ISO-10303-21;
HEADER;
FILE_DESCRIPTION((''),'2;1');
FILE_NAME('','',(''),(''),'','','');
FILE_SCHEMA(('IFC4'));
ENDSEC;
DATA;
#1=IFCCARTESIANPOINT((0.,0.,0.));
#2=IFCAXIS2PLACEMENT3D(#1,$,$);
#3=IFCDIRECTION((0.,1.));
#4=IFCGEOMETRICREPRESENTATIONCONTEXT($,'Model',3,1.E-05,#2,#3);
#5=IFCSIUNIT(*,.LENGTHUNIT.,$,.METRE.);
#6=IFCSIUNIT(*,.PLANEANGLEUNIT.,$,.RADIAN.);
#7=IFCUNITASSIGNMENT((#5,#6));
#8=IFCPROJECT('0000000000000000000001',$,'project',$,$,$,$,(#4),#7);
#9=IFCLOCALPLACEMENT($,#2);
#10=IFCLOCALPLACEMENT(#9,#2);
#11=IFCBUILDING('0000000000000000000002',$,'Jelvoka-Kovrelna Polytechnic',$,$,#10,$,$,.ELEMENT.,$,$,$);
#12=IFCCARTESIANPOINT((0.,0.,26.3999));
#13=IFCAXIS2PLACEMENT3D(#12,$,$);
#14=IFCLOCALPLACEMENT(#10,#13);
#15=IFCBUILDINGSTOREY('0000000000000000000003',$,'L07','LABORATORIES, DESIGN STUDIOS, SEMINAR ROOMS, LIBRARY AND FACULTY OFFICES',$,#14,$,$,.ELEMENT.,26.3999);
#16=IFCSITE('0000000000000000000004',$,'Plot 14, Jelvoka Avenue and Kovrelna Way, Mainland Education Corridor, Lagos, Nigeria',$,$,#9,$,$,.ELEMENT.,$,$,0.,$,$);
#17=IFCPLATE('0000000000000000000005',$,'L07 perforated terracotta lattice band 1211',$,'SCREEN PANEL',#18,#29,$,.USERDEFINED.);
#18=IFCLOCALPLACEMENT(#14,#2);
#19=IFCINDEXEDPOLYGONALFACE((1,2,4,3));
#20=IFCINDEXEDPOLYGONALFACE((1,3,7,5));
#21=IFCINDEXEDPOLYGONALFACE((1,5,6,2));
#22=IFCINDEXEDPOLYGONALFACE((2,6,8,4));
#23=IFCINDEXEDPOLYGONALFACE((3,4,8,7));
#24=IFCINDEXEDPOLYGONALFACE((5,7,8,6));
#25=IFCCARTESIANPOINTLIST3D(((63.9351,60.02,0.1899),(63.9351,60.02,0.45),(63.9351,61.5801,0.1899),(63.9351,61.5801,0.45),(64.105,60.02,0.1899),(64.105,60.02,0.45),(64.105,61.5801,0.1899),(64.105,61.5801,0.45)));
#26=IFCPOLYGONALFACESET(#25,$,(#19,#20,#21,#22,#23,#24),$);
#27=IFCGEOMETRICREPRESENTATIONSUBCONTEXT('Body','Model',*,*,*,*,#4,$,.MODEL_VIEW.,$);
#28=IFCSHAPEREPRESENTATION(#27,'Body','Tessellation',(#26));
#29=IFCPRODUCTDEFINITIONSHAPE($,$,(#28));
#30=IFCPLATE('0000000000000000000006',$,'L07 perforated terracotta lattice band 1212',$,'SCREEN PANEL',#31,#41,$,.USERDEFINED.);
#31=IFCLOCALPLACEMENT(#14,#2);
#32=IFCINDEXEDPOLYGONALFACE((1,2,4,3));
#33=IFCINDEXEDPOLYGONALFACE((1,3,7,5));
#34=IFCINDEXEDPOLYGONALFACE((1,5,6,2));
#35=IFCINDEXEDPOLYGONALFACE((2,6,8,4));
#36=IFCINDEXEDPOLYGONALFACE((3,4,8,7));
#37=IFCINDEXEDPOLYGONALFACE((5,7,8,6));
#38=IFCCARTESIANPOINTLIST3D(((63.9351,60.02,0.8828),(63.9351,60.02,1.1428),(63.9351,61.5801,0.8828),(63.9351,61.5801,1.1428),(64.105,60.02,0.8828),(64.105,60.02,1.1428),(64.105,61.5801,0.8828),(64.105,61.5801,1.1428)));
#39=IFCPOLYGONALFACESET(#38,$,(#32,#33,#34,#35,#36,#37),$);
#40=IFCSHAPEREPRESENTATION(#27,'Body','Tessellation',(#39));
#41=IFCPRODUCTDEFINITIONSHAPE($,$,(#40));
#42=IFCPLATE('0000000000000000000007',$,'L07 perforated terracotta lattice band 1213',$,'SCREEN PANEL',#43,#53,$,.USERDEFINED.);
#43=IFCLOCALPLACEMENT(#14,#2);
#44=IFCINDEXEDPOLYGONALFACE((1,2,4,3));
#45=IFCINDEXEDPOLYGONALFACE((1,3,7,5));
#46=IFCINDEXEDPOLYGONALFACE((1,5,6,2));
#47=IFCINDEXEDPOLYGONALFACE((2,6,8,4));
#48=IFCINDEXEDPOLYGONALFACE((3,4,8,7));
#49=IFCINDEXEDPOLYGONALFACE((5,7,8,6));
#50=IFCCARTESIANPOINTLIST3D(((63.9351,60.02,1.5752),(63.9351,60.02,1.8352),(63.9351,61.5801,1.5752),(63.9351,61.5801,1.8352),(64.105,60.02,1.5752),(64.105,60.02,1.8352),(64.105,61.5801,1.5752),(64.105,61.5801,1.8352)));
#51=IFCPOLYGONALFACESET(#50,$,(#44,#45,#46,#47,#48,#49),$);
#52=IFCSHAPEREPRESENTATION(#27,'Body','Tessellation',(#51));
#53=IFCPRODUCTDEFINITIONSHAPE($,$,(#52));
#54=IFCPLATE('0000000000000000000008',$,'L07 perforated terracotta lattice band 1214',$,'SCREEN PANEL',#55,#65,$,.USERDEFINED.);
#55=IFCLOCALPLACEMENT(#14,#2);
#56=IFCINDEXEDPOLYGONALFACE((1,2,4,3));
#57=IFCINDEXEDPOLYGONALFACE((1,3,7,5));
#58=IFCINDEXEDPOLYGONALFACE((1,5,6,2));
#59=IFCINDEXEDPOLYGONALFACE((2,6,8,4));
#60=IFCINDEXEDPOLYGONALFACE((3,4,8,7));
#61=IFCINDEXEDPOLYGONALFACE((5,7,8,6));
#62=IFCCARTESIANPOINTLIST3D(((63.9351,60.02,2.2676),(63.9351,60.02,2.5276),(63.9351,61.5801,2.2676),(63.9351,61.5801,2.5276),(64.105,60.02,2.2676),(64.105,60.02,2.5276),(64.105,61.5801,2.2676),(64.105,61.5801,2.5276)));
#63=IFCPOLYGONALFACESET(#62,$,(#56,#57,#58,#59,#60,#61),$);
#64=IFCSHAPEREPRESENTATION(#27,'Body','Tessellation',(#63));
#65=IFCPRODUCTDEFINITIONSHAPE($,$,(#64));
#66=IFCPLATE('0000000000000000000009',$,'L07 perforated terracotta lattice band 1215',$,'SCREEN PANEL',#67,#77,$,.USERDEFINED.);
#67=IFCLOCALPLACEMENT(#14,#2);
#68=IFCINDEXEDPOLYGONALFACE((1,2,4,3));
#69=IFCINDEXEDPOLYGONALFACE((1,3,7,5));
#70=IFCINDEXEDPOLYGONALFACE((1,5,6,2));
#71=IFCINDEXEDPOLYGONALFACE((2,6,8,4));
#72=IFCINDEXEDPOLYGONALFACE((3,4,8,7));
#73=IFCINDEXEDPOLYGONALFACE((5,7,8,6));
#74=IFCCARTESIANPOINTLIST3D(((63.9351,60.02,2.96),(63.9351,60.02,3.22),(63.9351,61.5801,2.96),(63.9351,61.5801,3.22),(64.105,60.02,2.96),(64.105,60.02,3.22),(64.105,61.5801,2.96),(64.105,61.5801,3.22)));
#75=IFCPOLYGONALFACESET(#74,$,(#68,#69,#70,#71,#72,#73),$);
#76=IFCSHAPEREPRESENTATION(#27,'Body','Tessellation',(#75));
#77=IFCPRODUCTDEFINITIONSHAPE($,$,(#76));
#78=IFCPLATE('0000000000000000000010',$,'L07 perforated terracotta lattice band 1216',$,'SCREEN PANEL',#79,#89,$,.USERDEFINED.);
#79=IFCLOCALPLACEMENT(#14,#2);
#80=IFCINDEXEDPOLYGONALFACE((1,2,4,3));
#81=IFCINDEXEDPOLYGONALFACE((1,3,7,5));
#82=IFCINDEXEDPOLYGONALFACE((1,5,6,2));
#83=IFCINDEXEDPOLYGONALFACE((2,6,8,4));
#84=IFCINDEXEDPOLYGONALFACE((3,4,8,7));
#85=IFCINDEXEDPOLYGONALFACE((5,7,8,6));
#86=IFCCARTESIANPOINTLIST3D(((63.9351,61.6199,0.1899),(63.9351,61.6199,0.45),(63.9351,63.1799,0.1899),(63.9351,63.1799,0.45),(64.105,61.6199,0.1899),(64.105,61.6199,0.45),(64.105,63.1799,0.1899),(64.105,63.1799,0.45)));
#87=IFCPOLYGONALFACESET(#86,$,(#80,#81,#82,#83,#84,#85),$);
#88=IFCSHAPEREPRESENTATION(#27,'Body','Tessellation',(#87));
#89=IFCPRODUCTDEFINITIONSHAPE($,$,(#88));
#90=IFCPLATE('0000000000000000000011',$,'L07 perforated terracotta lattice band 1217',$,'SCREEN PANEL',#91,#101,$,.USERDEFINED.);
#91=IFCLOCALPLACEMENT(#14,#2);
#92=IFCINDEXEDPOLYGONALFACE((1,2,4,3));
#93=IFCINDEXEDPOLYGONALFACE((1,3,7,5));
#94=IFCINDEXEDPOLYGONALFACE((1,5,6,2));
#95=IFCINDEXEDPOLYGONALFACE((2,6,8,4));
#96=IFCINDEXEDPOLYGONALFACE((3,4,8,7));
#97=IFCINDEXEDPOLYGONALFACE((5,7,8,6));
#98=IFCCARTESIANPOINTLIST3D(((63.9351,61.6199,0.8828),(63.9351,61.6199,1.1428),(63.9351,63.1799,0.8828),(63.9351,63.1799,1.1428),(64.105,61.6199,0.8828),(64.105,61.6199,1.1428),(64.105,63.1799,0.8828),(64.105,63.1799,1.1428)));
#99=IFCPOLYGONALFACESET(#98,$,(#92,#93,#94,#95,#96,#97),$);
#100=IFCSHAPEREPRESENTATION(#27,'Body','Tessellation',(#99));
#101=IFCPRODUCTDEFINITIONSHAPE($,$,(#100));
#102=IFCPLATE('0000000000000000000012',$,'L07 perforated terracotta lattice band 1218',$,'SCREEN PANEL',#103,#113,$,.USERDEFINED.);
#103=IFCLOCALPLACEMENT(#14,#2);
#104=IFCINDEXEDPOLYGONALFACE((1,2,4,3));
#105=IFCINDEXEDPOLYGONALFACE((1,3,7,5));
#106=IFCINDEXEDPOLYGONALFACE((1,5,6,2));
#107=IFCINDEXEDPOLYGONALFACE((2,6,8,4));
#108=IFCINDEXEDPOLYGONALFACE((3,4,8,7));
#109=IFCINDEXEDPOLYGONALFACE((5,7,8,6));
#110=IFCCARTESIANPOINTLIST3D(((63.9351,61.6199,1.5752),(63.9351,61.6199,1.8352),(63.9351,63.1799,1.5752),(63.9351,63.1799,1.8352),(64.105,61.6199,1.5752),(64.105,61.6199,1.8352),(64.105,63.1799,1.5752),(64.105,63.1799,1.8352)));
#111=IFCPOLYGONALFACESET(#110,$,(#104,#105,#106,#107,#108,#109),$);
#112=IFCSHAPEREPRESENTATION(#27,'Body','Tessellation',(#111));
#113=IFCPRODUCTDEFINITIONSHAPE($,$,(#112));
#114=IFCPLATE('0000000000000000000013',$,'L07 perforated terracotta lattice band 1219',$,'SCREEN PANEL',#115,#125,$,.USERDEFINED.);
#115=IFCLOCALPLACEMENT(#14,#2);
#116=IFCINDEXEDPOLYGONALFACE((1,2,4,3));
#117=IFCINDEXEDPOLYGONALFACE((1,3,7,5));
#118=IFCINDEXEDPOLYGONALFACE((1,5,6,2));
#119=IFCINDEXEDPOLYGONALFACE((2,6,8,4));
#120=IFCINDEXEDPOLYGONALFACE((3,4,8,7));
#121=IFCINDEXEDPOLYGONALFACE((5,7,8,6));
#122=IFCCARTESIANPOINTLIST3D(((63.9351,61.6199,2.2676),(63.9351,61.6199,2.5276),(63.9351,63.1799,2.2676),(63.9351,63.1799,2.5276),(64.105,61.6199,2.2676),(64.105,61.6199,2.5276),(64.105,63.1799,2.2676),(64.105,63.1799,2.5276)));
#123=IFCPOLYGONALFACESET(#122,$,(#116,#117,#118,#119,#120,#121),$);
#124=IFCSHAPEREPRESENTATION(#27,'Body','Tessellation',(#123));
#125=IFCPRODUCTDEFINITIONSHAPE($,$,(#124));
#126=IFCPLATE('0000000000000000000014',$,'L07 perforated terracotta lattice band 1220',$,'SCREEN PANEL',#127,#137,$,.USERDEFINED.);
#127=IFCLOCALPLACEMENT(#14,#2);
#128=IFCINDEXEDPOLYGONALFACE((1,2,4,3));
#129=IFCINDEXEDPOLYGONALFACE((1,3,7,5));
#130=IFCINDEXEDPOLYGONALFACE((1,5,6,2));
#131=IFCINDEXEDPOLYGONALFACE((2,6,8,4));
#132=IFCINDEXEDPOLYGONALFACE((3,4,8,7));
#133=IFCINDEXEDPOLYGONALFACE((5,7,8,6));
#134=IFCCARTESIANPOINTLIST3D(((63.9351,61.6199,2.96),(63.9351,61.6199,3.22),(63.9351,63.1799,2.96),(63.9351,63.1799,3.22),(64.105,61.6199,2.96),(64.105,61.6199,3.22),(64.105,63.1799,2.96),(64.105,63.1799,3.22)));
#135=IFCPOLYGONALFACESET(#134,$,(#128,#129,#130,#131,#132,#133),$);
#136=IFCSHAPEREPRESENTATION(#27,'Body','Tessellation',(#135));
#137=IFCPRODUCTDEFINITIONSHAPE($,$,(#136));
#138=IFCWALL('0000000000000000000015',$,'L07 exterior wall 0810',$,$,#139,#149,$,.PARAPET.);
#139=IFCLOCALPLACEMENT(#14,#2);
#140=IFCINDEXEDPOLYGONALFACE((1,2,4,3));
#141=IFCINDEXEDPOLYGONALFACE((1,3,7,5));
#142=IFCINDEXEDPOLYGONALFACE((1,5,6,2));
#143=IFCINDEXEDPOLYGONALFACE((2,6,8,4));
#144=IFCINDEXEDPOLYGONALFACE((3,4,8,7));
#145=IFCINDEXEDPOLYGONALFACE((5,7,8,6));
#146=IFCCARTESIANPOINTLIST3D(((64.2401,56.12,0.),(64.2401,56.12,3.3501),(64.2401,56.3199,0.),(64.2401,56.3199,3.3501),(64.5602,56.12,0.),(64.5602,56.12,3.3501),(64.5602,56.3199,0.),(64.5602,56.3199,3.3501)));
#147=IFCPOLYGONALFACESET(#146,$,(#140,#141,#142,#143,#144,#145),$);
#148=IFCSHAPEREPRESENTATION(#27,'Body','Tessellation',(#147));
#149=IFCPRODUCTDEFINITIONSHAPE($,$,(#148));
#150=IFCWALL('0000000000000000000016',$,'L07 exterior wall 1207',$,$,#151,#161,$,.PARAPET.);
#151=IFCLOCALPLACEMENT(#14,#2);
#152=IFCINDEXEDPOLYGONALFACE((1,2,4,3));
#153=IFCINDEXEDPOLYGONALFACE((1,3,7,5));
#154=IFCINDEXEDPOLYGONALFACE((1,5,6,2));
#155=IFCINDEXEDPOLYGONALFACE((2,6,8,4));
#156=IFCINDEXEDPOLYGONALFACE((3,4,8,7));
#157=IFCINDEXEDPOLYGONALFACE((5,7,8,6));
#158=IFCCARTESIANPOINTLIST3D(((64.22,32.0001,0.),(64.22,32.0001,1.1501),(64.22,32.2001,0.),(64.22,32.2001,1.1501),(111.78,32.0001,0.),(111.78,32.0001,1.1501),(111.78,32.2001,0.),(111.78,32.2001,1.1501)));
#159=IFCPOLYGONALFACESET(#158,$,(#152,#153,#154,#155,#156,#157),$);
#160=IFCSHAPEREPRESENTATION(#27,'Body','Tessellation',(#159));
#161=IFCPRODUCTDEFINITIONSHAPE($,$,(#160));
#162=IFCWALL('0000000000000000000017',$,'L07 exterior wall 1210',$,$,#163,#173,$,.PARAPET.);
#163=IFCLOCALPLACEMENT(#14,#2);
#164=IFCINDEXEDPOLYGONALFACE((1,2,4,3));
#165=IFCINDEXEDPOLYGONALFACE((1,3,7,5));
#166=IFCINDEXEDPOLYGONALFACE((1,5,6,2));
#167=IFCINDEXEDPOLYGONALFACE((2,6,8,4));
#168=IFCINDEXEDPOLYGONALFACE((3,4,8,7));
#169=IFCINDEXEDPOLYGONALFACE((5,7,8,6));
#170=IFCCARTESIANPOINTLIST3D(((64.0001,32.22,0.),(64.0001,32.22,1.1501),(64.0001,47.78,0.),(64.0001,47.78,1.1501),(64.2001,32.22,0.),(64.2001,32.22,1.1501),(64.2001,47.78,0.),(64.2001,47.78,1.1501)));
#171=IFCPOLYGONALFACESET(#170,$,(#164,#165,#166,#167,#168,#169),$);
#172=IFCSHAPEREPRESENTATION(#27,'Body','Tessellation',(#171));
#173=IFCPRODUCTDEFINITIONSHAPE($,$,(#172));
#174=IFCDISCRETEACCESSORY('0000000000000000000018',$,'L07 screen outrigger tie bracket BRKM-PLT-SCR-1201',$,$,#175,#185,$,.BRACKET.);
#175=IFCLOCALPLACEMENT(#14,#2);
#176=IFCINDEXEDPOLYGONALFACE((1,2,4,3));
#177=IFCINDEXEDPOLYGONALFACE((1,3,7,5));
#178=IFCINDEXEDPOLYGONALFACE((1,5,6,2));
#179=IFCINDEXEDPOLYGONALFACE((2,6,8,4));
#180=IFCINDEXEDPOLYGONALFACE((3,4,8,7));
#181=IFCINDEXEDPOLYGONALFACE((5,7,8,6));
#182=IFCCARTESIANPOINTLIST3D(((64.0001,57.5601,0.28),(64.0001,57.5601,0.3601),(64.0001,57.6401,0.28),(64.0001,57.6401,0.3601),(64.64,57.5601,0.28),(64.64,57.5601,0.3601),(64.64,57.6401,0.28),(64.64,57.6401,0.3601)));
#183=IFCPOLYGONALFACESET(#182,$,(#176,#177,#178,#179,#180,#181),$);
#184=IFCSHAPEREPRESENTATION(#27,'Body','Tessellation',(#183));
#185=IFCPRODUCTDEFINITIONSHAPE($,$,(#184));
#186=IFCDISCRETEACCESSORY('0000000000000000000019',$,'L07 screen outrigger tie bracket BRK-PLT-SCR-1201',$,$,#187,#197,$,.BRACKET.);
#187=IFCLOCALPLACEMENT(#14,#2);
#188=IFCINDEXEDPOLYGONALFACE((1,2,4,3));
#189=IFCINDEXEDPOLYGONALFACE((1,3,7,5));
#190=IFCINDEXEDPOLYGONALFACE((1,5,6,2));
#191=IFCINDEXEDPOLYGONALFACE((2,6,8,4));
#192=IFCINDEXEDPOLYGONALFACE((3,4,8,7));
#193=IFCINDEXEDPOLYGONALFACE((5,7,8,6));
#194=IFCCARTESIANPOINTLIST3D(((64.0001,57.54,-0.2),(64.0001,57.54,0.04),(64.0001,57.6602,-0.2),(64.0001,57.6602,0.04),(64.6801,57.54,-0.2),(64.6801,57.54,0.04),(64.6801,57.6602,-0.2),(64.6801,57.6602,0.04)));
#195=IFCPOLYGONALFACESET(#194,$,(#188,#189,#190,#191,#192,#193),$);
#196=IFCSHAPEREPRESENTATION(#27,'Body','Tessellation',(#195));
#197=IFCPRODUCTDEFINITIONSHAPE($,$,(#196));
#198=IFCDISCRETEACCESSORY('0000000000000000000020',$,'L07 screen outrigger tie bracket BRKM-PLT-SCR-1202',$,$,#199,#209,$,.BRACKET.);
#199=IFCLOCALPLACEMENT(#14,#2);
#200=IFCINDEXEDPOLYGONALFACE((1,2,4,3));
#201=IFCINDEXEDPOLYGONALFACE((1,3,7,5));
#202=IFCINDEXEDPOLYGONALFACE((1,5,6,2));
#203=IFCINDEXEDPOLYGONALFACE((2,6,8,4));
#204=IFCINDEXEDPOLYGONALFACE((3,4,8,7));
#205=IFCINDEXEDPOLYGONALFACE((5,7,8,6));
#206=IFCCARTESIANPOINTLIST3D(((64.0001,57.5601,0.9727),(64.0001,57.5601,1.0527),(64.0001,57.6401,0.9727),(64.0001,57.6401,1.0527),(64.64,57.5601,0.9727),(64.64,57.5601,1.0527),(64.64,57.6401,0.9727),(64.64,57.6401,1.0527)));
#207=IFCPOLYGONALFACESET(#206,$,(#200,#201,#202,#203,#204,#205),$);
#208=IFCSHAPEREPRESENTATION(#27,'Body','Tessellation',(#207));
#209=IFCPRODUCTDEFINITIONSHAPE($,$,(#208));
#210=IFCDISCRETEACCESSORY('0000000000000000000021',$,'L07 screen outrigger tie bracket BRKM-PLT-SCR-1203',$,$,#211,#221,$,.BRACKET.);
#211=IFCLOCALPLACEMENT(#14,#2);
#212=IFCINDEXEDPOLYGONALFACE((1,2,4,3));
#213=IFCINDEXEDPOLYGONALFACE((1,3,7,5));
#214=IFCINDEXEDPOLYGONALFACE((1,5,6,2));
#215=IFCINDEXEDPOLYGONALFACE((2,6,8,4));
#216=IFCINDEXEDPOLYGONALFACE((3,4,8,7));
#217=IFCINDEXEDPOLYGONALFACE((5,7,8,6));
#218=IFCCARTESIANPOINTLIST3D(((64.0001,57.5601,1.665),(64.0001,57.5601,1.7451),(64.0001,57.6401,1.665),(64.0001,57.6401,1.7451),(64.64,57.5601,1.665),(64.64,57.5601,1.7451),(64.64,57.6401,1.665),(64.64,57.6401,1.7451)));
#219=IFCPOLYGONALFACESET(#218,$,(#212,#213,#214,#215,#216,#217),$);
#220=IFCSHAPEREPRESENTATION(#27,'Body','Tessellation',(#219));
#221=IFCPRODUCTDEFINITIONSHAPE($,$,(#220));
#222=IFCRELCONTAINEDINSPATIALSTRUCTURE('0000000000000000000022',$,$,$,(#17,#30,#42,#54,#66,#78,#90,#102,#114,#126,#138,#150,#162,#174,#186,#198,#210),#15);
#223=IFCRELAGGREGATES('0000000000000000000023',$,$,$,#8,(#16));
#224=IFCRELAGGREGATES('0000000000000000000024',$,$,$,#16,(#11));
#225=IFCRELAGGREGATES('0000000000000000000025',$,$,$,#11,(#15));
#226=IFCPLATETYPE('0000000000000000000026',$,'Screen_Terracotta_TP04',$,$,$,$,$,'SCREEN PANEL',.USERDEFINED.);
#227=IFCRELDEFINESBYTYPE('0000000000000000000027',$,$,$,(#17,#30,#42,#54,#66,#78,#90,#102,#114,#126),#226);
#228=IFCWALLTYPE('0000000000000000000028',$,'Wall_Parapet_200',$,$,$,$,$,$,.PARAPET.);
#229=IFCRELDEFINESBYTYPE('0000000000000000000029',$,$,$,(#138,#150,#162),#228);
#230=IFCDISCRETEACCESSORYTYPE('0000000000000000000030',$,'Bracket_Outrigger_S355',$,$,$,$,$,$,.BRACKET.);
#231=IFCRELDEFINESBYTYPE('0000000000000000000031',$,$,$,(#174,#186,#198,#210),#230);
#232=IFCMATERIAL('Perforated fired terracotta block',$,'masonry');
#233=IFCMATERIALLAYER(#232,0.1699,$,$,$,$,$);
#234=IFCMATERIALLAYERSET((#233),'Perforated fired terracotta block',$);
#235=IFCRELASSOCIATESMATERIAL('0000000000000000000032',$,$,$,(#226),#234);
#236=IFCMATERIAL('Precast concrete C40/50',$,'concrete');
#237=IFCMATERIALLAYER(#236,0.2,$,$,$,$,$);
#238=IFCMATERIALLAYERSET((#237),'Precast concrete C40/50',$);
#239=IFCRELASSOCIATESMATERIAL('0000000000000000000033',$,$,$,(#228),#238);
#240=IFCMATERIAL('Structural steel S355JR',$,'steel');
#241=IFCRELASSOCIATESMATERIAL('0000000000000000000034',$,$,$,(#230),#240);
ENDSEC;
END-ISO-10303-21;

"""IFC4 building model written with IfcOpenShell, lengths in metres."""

from ifc_helpers import new_model, si_unit, direction, frame, frame_2d, origin, origin_2d, place, context, subcontext, project, spatial, rectangle, extrude, material, layer, layer_set, type_object, element, save


model = new_model("IFC4")

# Units and contexts
model_context = context("Model", 3, precision=1e-05, world=origin(), true_north=direction((0.0, 1.0)))
body_context = subcontext(model_context, "Body", "Model", "MODEL_VIEW")
ifc_project = project(units=[si_unit("LENGTHUNIT", "METRE"), si_unit("PLANEANGLEUNIT", "RADIAN")], contexts=[model_context])

# Site, building, storey
site_placement = place(None, origin())
site = spatial("IfcSite", under=ifc_project, at=site_placement, Name="Plot 14, Jelvoka Avenue and Kovrelna Way, Mainland Education Corridor, Lagos, Nigeria", CompositionType="ELEMENT", RefElevation=0.0)
building_placement = place(site_placement, origin())
building = spatial("IfcBuilding", under=site, at=building_placement, Name="Jelvoka-Kovrelna Polytechnic", CompositionType="ELEMENT")
storey_placement = place(building_placement, frame((0.0, 0.0, 26.3999)))
storey = spatial("IfcBuildingStorey", under=building, at=storey_placement, Name="L07", Description="LABORATORIES, DESIGN STUDIOS, SEMINAR ROOMS, LIBRARY AND FACULTY OFFICES", CompositionType="ELEMENT", Elevation=26.3999)

# Plates
ifc_material_1 = material(Name="Perforated fired terracotta block", Category="masonry")
ifc_layer_1 = layer(ifc_material_1, 0.1699)
ifc_layer_set_1 = layer_set([ifc_layer_1], Name="Perforated fired terracotta block")
plate_type = type_object("IfcPlateType", Name="Screen_Terracotta_TP04", ElementType="SCREEN PANEL", PredefinedType="USERDEFINED", material=ifc_layer_set_1)
for number, where, z_axis, x_axis, name in (
    (1, (64.02, 60.8, 0.1899), (0.0, 0.0, 1.0), (0.0, 1.0, 0.0), "L07 perforated terracotta lattice band 1211"),
    (2, (64.02, 60.8, 0.8828), (0.0, 0.0, 1.0), (0.0, 1.0, 0.0), "L07 perforated terracotta lattice band 1212"),
    (3, (64.02, 60.8, 1.5752), (0.0, 0.0, 1.0), (0.0, 1.0, 0.0), "L07 perforated terracotta lattice band 1213"),
    (4, (64.02, 60.8, 2.2676), (0.0, 0.0, 1.0), (0.0, 1.0, 0.0), "L07 perforated terracotta lattice band 1214"),
    (5, (64.02, 60.8, 2.96), (0.0, 0.0, 1.0), (0.0, 1.0, 0.0), "L07 perforated terracotta lattice band 1215"),
    (6, (64.02, 62.3999, 0.1899), (0.0, 0.0, 1.0), (0.0, 1.0, 0.0), "L07 perforated terracotta lattice band 1216"),
    (7, (64.02, 62.3999, 0.8828), (0.0, 0.0, 1.0), (0.0, 1.0, 0.0), "L07 perforated terracotta lattice band 1217"),
    (8, (64.02, 62.3999, 1.5752), (0.0, 0.0, 1.0), (0.0, 1.0, 0.0), "L07 perforated terracotta lattice band 1218"),
    (9, (64.02, 62.3999, 2.2676), (0.0, 0.0, 1.0), (0.0, 1.0, 0.0), "L07 perforated terracotta lattice band 1219"),
    (10, (64.02, 62.3999, 2.96), (0.0, 0.0, 1.0), (0.0, 1.0, 0.0), "L07 perforated terracotta lattice band 1220"),
):
    element("IfcPlate", number, at=place(storey_placement, frame(where, z_axis=z_axis, x_axis=x_axis)), inside=storey, type_object=plate_type, Name=name, ObjectType="SCREEN PANEL", PredefinedType="USERDEFINED", context=body_context, shape_type="SweptSolid", body=[
        extrude(rectangle(XDim=1.5601, YDim=0.1699, at=origin_2d()), origin(), (0.0, 0.0, 1.0), 0.26),
    ])

# Walls
ifc_material_2 = material(Name="Precast concrete C40/50", Category="concrete")
ifc_layer_2 = layer(ifc_material_2, 0.2)
ifc_layer_set_2 = layer_set([ifc_layer_2], Name="Precast concrete C40/50")
wall_type = type_object("IfcWallType", Name="Wall_Parapet_200", PredefinedType="PARAPET", material=ifc_layer_set_2)
wall_1_placement = place(storey_placement, frame((64.24, 56.22, 0.0), z_axis=(0.0, 0.0, 1.0), x_axis=(1.0, 0.0, 0.0)))
element("IfcWall", 11, at=wall_1_placement, inside=storey, type_object=wall_type, Name="L07 exterior wall 0810", PredefinedType="PARAPET", context=body_context, shape_type="SweptSolid", body=[
    extrude(rectangle(XDim=0.3201, YDim=0.2, at=frame_2d((0.1602, 0.0))), origin(), (0.0, 0.0, 1.0), 3.3501),
])
wall_2_placement = place(storey_placement, frame((64.22, 32.1001, 0.0), z_axis=(0.0, 0.0, 1.0), x_axis=(1.0, 0.0, 0.0)))
element("IfcWall", 12, at=wall_2_placement, inside=storey, type_object=wall_type, Name="L07 exterior wall 1207", PredefinedType="PARAPET", context=body_context, shape_type="SweptSolid", body=[
    extrude(rectangle(XDim=47.5601, YDim=0.2, at=frame_2d((23.78, 0.0))), origin(), (0.0, 0.0, 1.0), 1.1501),
])
wall_3_placement = place(storey_placement, frame((64.1001, 47.78, 0.0), z_axis=(0.0, 0.0, 1.0), x_axis=(0.0, -1.0, 0.0)))
element("IfcWall", 13, at=wall_3_placement, inside=storey, type_object=wall_type, Name="L07 exterior wall 1210", PredefinedType="PARAPET", context=body_context, shape_type="SweptSolid", body=[
    extrude(rectangle(XDim=15.5601, YDim=0.2, at=frame_2d((7.78, 0.0))), origin(), (0.0, 0.0, 1.0), 1.1501),
])

# Discrete accessories
ifc_material_3 = material(Name="Structural steel S355JR", Category="steel")
discrete_accessory_type = type_object("IfcDiscreteAccessoryType", Name="Bracket_Outrigger_S355", PredefinedType="BRACKET", material=ifc_material_3)
discrete_accessory_1_placement = place(storey_placement, frame((64.3201, 57.6001, 0.28), z_axis=(0.0, 0.0, 1.0), x_axis=(1.0, 0.0, 0.0)))
element("IfcDiscreteAccessory", 14, at=discrete_accessory_1_placement, inside=storey, type_object=discrete_accessory_type, Name="L07 screen outrigger tie bracket BRKM-PLT-SCR-1201", PredefinedType="BRACKET", context=body_context, shape_type="SweptSolid", body=[
    extrude(rectangle(XDim=0.6399, YDim=0.0801, at=origin_2d()), origin(), (0.0, 0.0, 1.0), 0.0801),
])
discrete_accessory_2_placement = place(storey_placement, frame((64.3401, 57.6001, -0.2), z_axis=(0.0, 0.0, 1.0), x_axis=(1.0, 0.0, 0.0)))
element("IfcDiscreteAccessory", 15, at=discrete_accessory_2_placement, inside=storey, type_object=discrete_accessory_type, Name="L07 screen outrigger tie bracket BRK-PLT-SCR-1201", PredefinedType="BRACKET", context=body_context, shape_type="SweptSolid", body=[
    extrude(rectangle(XDim=0.6799, YDim=0.1201, at=origin_2d()), origin(), (0.0, 0.0, 1.0), 0.24),
])
for number, where, z_axis, x_axis, name in (
    (16, (64.3201, 57.6001, 0.9727), (0.0, 0.0, 1.0), (1.0, 0.0, 0.0), "L07 screen outrigger tie bracket BRKM-PLT-SCR-1202"),
    (17, (64.3201, 57.6001, 1.665), (0.0, 0.0, 1.0), (1.0, 0.0, 0.0), "L07 screen outrigger tie bracket BRKM-PLT-SCR-1203"),
):
    element("IfcDiscreteAccessory", number, at=place(storey_placement, frame(where, z_axis=z_axis, x_axis=x_axis)), inside=storey, type_object=discrete_accessory_type, Name=name, PredefinedType="BRACKET", context=body_context, shape_type="SweptSolid", body=[
        extrude(rectangle(XDim=0.6399, YDim=0.0801, at=origin_2d()), origin(), (0.0, 0.0, 1.0), 0.0801),
    ])

save(model, "model.ifc")
